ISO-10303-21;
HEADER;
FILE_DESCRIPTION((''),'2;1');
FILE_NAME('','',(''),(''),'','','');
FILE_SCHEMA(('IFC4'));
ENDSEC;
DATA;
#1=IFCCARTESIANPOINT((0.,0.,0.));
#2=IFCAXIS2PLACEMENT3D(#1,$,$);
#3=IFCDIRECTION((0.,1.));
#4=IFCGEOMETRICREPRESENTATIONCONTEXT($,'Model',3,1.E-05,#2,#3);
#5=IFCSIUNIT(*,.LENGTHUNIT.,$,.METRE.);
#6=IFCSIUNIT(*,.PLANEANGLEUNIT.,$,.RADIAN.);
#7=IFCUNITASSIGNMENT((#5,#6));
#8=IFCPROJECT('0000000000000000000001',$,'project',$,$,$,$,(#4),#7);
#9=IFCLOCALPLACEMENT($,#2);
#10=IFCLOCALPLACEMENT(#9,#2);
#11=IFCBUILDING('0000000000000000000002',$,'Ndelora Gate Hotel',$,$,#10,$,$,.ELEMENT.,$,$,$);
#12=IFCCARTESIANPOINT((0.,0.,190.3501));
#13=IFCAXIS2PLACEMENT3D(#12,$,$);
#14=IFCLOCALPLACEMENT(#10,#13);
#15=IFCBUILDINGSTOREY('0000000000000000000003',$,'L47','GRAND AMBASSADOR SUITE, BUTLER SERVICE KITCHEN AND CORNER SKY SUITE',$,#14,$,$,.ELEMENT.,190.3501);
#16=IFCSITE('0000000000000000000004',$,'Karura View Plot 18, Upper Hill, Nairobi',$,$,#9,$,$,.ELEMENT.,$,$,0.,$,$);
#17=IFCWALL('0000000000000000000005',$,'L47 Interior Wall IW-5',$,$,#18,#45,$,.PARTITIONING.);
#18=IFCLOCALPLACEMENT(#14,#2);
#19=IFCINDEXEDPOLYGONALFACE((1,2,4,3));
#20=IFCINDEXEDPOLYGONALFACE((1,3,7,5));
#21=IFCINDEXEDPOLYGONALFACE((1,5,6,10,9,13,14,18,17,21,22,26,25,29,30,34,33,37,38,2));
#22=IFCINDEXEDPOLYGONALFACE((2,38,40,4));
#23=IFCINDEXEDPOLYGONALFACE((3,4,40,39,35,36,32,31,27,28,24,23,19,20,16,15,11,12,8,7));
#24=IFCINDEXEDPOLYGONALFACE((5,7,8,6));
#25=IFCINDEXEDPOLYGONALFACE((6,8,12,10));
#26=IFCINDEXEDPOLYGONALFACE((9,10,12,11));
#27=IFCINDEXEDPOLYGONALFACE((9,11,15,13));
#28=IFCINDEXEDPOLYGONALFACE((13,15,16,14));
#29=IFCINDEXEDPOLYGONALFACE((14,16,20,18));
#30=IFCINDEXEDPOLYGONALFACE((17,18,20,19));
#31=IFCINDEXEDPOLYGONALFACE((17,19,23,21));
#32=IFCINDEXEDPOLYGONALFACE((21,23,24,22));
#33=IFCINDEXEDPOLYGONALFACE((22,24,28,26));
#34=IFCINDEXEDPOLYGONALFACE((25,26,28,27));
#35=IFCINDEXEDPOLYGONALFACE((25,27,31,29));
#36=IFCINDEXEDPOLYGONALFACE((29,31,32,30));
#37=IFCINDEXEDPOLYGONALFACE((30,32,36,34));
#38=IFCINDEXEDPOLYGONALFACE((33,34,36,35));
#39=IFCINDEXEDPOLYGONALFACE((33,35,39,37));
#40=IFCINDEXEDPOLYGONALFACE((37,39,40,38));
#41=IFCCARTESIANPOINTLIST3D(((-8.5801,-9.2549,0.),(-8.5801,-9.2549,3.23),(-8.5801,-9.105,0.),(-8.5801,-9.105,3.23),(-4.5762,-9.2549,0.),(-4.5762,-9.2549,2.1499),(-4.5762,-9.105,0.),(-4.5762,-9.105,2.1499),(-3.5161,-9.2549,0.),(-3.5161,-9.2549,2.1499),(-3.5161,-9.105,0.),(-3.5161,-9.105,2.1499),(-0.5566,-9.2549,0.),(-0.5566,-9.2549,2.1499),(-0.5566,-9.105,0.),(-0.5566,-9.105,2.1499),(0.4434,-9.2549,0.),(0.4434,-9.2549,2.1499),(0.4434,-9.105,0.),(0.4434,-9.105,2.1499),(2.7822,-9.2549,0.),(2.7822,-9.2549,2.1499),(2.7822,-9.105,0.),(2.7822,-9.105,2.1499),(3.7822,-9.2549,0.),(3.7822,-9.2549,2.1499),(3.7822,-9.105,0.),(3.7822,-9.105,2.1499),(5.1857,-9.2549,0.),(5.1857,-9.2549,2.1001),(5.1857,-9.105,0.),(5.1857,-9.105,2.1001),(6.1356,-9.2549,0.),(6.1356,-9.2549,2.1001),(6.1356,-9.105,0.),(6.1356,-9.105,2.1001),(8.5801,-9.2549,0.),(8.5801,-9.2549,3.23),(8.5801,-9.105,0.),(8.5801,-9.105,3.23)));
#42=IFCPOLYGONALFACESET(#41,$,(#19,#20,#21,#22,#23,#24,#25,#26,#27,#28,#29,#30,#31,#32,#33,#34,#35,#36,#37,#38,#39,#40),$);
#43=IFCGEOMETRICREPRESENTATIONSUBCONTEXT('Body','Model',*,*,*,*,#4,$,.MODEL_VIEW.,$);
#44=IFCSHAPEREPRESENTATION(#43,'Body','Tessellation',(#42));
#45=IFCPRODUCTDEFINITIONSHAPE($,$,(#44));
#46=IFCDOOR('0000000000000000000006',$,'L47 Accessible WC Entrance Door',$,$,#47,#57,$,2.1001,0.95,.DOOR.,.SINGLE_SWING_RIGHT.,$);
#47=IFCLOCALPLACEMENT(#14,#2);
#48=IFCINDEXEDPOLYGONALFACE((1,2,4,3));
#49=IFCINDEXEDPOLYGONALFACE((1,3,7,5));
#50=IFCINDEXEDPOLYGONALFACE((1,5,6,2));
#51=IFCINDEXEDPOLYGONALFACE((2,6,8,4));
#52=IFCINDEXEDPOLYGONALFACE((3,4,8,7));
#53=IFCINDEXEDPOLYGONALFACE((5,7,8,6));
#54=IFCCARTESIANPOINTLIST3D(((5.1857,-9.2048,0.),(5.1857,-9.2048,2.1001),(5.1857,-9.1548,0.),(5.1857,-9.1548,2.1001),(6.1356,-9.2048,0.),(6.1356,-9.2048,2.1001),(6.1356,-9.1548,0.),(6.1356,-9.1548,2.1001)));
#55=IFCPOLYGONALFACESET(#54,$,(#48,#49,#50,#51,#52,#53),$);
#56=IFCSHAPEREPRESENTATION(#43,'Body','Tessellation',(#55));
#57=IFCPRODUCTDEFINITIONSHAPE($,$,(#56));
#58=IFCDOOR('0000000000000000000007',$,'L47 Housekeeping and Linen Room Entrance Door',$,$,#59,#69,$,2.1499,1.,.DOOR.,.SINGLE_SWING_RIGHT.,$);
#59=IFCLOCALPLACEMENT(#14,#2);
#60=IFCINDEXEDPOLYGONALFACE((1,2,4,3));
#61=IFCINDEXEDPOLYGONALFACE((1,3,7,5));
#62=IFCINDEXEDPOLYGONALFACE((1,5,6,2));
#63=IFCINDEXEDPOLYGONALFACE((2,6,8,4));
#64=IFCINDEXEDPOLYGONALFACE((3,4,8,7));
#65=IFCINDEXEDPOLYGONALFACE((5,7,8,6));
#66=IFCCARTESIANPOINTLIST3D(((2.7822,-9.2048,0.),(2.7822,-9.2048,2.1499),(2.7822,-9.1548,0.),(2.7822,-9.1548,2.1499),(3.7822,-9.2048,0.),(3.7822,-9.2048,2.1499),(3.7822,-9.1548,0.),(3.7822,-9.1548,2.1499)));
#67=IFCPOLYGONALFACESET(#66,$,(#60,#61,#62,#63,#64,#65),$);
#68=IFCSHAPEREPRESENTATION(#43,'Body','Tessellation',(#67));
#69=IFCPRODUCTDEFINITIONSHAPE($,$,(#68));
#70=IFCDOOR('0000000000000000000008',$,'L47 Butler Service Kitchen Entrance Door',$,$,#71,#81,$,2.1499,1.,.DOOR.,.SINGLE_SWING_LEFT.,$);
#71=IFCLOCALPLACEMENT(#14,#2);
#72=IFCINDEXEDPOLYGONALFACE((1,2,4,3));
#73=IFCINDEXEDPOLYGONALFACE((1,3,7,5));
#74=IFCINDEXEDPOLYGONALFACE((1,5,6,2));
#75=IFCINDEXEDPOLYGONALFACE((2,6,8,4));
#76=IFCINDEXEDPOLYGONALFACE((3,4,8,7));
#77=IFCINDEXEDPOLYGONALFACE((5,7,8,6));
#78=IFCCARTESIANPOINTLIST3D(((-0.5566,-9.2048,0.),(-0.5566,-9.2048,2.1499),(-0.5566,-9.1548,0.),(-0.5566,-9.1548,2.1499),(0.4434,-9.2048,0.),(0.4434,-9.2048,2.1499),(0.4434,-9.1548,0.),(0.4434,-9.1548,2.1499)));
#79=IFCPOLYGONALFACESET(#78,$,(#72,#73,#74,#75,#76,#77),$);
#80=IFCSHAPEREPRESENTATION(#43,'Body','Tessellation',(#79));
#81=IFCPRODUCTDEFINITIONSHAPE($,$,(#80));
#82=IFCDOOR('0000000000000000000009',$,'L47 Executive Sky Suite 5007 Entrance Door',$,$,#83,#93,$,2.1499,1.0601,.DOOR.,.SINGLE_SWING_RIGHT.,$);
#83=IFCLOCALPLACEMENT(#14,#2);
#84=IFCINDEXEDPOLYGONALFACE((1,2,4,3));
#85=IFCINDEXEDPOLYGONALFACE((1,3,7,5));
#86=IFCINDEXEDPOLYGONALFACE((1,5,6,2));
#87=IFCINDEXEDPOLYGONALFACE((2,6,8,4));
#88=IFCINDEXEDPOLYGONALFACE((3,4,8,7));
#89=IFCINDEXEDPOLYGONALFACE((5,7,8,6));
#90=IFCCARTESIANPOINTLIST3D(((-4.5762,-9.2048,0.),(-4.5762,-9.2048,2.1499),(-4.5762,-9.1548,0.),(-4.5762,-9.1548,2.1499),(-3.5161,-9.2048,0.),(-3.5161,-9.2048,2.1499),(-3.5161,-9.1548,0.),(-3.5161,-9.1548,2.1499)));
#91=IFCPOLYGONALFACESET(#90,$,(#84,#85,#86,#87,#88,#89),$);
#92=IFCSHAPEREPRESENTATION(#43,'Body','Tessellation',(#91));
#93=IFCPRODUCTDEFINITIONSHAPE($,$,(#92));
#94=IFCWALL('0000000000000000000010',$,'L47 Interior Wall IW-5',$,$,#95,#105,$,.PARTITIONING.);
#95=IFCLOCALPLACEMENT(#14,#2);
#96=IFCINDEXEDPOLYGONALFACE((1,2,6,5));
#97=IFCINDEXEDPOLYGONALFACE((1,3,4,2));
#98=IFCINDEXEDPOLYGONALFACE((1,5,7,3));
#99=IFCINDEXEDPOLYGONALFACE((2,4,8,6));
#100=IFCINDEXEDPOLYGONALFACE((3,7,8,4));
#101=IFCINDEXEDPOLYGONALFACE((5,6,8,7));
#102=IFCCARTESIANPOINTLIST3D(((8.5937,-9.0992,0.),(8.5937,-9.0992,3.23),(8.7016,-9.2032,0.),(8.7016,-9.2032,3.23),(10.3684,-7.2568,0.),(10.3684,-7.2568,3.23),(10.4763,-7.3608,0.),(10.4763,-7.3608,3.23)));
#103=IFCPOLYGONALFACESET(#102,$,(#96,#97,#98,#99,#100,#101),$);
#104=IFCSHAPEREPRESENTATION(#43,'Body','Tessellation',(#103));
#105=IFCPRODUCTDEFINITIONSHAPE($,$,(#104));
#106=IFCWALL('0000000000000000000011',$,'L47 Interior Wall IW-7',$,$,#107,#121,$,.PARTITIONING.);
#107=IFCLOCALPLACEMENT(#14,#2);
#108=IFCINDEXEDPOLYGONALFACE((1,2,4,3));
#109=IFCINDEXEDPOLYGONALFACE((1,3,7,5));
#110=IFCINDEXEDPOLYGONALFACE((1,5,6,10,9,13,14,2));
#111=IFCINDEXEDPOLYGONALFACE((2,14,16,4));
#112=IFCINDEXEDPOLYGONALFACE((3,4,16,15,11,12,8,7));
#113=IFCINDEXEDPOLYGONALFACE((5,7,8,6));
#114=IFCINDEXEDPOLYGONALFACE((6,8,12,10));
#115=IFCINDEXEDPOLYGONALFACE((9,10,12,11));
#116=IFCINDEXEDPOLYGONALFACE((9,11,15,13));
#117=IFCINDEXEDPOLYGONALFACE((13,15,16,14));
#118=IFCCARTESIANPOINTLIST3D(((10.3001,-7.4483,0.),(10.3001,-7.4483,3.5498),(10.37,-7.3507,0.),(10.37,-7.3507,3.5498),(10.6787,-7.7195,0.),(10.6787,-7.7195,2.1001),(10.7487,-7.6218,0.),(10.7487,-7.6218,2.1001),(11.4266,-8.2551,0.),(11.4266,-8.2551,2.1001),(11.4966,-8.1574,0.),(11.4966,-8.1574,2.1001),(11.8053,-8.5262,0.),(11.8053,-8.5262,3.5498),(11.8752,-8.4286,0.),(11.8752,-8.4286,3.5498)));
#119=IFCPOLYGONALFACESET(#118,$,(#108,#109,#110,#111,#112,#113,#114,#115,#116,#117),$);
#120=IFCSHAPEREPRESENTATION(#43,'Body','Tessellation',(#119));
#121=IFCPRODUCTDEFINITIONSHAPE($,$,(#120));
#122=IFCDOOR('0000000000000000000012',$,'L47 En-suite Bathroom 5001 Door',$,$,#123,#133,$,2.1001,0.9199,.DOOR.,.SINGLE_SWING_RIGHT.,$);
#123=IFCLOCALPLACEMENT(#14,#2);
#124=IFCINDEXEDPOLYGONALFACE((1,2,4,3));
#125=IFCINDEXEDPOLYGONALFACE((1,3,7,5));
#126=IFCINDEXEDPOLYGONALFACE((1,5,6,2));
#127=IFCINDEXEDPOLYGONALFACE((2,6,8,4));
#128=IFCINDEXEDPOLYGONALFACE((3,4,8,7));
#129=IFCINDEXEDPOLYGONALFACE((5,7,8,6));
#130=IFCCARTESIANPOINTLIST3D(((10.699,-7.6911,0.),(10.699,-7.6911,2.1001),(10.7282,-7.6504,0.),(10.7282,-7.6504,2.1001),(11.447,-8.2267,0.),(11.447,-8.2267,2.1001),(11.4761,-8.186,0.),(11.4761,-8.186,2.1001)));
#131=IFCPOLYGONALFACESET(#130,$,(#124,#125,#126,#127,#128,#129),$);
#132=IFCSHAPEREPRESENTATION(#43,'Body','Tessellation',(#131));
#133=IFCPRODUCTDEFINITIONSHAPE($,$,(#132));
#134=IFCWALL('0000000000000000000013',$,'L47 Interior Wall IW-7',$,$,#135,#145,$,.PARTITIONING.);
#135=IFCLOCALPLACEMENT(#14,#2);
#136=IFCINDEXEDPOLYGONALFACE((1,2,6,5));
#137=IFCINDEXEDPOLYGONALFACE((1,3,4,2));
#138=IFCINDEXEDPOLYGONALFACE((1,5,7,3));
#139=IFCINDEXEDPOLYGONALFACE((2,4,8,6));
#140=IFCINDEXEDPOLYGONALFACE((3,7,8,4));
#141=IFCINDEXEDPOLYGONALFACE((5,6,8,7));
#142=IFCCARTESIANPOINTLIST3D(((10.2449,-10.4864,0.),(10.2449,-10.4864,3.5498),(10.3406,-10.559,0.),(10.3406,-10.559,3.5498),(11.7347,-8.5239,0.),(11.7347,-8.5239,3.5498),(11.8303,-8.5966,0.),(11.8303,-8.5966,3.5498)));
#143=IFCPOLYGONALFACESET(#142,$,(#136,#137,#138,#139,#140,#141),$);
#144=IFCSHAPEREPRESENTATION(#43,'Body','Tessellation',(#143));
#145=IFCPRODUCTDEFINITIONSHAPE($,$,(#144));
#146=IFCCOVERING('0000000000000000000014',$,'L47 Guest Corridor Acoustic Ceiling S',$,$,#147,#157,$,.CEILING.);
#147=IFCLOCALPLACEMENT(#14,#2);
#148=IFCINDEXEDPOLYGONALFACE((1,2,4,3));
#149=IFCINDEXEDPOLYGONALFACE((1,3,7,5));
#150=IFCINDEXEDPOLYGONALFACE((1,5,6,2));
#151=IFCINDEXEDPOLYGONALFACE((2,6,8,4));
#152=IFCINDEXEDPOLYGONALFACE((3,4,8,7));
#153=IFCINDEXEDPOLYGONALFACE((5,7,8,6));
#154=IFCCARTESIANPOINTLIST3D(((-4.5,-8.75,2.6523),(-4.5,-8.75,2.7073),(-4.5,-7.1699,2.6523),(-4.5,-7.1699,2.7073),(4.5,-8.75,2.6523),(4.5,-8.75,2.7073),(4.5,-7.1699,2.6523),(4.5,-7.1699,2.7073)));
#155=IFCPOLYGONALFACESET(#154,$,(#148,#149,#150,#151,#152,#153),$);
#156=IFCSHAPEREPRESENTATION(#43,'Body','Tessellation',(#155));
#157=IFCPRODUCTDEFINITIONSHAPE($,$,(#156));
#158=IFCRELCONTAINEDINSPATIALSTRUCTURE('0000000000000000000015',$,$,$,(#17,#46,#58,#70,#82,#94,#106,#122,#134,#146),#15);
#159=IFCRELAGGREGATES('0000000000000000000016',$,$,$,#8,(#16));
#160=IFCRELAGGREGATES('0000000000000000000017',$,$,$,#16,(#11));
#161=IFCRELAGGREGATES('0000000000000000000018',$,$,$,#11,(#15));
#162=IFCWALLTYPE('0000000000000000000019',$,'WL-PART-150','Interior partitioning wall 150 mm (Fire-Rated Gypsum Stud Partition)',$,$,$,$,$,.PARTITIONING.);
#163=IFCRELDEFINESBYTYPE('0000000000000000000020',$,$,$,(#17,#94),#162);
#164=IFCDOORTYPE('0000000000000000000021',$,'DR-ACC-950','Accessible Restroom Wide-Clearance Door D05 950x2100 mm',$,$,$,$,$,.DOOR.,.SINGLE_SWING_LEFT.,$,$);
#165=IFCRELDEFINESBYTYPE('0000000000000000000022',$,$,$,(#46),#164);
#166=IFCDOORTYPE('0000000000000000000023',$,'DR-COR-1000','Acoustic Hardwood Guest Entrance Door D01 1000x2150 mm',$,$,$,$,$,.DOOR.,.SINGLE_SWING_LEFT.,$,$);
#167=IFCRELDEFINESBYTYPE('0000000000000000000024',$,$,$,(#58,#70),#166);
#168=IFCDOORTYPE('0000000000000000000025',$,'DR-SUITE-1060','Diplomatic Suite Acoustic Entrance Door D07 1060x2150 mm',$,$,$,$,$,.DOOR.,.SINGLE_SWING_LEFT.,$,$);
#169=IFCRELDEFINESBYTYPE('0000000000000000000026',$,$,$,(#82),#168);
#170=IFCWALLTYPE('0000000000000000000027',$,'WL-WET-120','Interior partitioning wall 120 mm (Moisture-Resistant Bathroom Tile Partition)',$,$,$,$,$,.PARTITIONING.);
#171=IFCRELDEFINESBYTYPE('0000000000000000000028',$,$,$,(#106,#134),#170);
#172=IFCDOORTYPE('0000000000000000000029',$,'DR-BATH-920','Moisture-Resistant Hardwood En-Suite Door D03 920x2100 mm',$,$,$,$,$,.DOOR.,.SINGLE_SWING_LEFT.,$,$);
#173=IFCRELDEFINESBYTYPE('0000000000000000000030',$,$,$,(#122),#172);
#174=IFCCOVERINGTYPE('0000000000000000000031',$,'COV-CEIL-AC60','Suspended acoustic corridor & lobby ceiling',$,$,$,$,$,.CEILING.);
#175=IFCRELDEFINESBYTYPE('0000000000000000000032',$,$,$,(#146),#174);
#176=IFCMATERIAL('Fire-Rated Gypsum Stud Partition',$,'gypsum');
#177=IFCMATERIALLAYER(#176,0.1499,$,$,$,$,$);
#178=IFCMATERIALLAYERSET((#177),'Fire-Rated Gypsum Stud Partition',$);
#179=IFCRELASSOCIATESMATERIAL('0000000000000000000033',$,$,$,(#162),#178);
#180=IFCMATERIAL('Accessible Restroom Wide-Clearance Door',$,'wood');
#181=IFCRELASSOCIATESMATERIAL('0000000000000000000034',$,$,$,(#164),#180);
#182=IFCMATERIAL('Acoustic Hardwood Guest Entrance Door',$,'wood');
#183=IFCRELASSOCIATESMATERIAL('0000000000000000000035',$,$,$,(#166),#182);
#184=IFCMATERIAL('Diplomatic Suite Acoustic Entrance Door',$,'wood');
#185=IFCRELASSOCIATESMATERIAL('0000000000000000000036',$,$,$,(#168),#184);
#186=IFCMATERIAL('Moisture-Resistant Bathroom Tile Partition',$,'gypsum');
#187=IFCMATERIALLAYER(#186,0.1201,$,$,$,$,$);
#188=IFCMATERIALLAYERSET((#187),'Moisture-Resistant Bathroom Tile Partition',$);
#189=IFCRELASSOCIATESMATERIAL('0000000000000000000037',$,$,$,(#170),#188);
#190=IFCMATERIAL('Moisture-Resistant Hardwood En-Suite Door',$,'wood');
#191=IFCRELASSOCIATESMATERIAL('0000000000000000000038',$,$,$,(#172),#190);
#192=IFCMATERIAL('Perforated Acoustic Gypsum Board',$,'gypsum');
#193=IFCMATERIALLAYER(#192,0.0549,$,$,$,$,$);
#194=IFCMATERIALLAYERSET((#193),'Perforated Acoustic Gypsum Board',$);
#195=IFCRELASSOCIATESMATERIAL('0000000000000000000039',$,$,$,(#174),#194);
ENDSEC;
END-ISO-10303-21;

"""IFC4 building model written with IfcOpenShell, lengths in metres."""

from ifc_helpers import new_model, si_unit, direction, frame, frame_2d, origin, origin_2d, place, context, subcontext, project, spatial, rectangle, extrude, material, layer, layer_set, type_object, element, fill, save


model = new_model("IFC4")

# Units and contexts
model_context = context("Model", 3, precision=1e-05, world=origin(), true_north=direction((0.0, 1.0)))
body_context = subcontext(model_context, "Body", "Model", "MODEL_VIEW")
ifc_project = project(units=[si_unit("LENGTHUNIT", "METRE"), si_unit("PLANEANGLEUNIT", "RADIAN")], contexts=[model_context])

# Site, building, storey
site_placement = place(None, origin())
site = spatial("IfcSite", under=ifc_project, at=site_placement, Name="Karura View Plot 18, Upper Hill, Nairobi", CompositionType="ELEMENT", RefElevation=0.0)
building_placement = place(site_placement, origin())
building = spatial("IfcBuilding", under=site, at=building_placement, Name="Ndelora Gate Hotel", CompositionType="ELEMENT")
storey_placement = place(building_placement, frame((0.0, 0.0, 190.3501)))
storey = spatial("IfcBuildingStorey", under=building, at=storey_placement, Name="L47", Description="GRAND AMBASSADOR SUITE, BUTLER SERVICE KITCHEN AND CORNER SKY SUITE", CompositionType="ELEMENT", Elevation=190.3501)

# Wall, openings, doors
ifc_material_1 = material(Name="Fire-Rated Gypsum Stud Partition", Category="gypsum")
ifc_layer_1 = layer(ifc_material_1, 0.1499)
ifc_layer_set_1 = layer_set([ifc_layer_1], Name="Fire-Rated Gypsum Stud Partition")
wall_type_1 = type_object("IfcWallType", Name="WL-PART-150", Description="Interior partitioning wall 150 mm (Fire-Rated Gypsum Stud Partition)", PredefinedType="PARTITIONING", material=ifc_layer_set_1)
wall_1_placement = place(storey_placement, frame((8.5801, -9.1799, 0.0), z_axis=(0.0, 0.0, 1.0), x_axis=(-1.0, 0.0, 0.0)))
wall_1 = element("IfcWall", 1, at=wall_1_placement, inside=storey, type_object=wall_type_1, Name="L47 Interior Wall IW-5", PredefinedType="PARTITIONING", context=body_context, shape_type="SweptSolid", body=[
    extrude(rectangle(XDim=17.1602, YDim=0.1499, at=frame_2d((8.5801, 0.0))), origin(), (0.0, 0.0, 1.0), 3.23),
])
opening_1_placement = place(wall_1_placement, frame((2.4443, 0.0, 0.0)))
opening_1 = element("IfcOpeningElement", 2, at=opening_1_placement, cuts=wall_1, PredefinedType="OPENING", context=body_context, shape_type="SweptSolid", body=[
    extrude(rectangle(XDim=0.95, YDim=2.1001, at=frame_2d((0.4751, 1.05))), frame((0.0, 0.085, 0.0), z_axis=(0.0, -1.0, 0.0), x_axis=(1.0, 0.0, 0.0)), (0.0, 0.0, 1.0), 0.1699),
])
opening_2_placement = place(wall_1_placement, frame((4.7979, 0.0, 0.0)))
opening_2 = element("IfcOpeningElement", 3, at=opening_2_placement, cuts=wall_1, PredefinedType="OPENING", context=body_context, shape_type="SweptSolid", body=[
    extrude(rectangle(XDim=1.0, YDim=2.1499, at=frame_2d((0.5, 1.075))), frame((0.0, 0.085, 0.0), z_axis=(0.0, -1.0, 0.0), x_axis=(1.0, 0.0, 0.0)), (0.0, 0.0, 1.0), 0.1699),
])
opening_3_placement = place(wall_1_placement, frame((12.0962, 0.0, 0.0)))
opening_3 = element("IfcOpeningElement", 4, at=opening_3_placement, cuts=wall_1, PredefinedType="OPENING", context=body_context, shape_type="SweptSolid", body=[
    extrude(rectangle(XDim=1.0601, YDim=2.1499, at=frame_2d((0.53, 1.075))), frame((0.0, 0.085, 0.0), z_axis=(0.0, -1.0, 0.0), x_axis=(1.0, 0.0, 0.0)), (0.0, 0.0, 1.0), 0.1699),
])
opening_4_placement = place(wall_1_placement, frame((8.1367, 0.0, 0.0)))
opening_4 = element("IfcOpeningElement", 5, at=opening_4_placement, cuts=wall_1, PredefinedType="OPENING", context=body_context, shape_type="SweptSolid", body=[
    extrude(rectangle(XDim=1.0, YDim=2.1499, at=frame_2d((0.5, 1.075))), frame((0.0, 0.085, 0.0), z_axis=(0.0, -1.0, 0.0), x_axis=(1.0, 0.0, 0.0)), (0.0, 0.0, 1.0), 0.1699),
])
ifc_material_2 = material(Name="Accessible Restroom Wide-Clearance Door", Category="wood")
door_type_1 = type_object("IfcDoorType", Name="DR-ACC-950", Description="Accessible Restroom Wide-Clearance Door D05 950x2100 mm", OperationType="SINGLE_SWING_LEFT", PredefinedType="DOOR", material=ifc_material_2)
door_1_placement = place(opening_1_placement, origin())
door_1 = element("IfcDoor", 6, at=door_1_placement, inside=storey, type_object=door_type_1, Name="L47 Accessible WC Entrance Door", OperationType="SINGLE_SWING_RIGHT", OverallHeight=2.1001, OverallWidth=0.95, PredefinedType="DOOR", context=body_context, shape_type="SweptSolid", body=[
    extrude(rectangle(XDim=0.95, YDim=2.1001, at=frame_2d((0.4751, 1.05))), frame((0.0, 0.0249, 0.0), z_axis=(0.0, -1.0, 0.0), x_axis=(1.0, 0.0, 0.0)), (0.0, 0.0, 1.0), 0.05),
])
fill(opening_1, door_1)
ifc_material_3 = material(Name="Acoustic Hardwood Guest Entrance Door", Category="wood")
door_type_2 = type_object("IfcDoorType", Name="DR-COR-1000", Description="Acoustic Hardwood Guest Entrance Door D01 1000x2150 mm", OperationType="SINGLE_SWING_LEFT", PredefinedType="DOOR", material=ifc_material_3)
door_2_placement = place(opening_2_placement, origin())
door_2 = element("IfcDoor", 7, at=door_2_placement, inside=storey, type_object=door_type_2, Name="L47 Housekeeping and Linen Room Entrance Door", OperationType="SINGLE_SWING_RIGHT", OverallHeight=2.1499, OverallWidth=1.0, PredefinedType="DOOR", context=body_context, shape_type="SweptSolid", body=[
    extrude(rectangle(XDim=1.0, YDim=2.1499, at=frame_2d((0.5, 1.075))), frame((0.0, 0.0249, 0.0), z_axis=(0.0, -1.0, 0.0), x_axis=(1.0, 0.0, 0.0)), (0.0, 0.0, 1.0), 0.05),
])
fill(opening_2, door_2)
door_3_placement = place(opening_4_placement, origin())
door_3 = element("IfcDoor", 8, at=door_3_placement, inside=storey, type_object=door_type_2, Name="L47 Butler Service Kitchen Entrance Door", OperationType="SINGLE_SWING_LEFT", OverallHeight=2.1499, OverallWidth=1.0, PredefinedType="DOOR", context=body_context, shape_type="SweptSolid", body=[
    extrude(rectangle(XDim=1.0, YDim=2.1499, at=frame_2d((0.5, 1.075))), frame((0.0, 0.0249, 0.0), z_axis=(0.0, -1.0, 0.0), x_axis=(1.0, 0.0, 0.0)), (0.0, 0.0, 1.0), 0.05),
])
fill(opening_4, door_3)
ifc_material_4 = material(Name="Diplomatic Suite Acoustic Entrance Door", Category="wood")
door_type_3 = type_object("IfcDoorType", Name="DR-SUITE-1060", Description="Diplomatic Suite Acoustic Entrance Door D07 1060x2150 mm", OperationType="SINGLE_SWING_LEFT", PredefinedType="DOOR", material=ifc_material_4)
door_4_placement = place(opening_3_placement, origin())
door_4 = element("IfcDoor", 9, at=door_4_placement, inside=storey, type_object=door_type_3, Name="L47 Executive Sky Suite 5007 Entrance Door", OperationType="SINGLE_SWING_RIGHT", OverallHeight=2.1499, OverallWidth=1.0601, PredefinedType="DOOR", context=body_context, shape_type="SweptSolid", body=[
    extrude(rectangle(XDim=1.0601, YDim=2.1499, at=frame_2d((0.53, 1.075))), frame((0.0, 0.0249, 0.0), z_axis=(0.0, -1.0, 0.0), x_axis=(1.0, 0.0, 0.0)), (0.0, 0.0, 1.0), 0.05),
])
fill(opening_3, door_4)

# Wall
wall_2_placement = place(storey_placement, frame((10.4224, -7.3088, 0.0), z_axis=(0.0, 0.0, 1.0), x_axis=(-0.693765, -0.720202, 0.0)))
element("IfcWall", 10, at=wall_2_placement, inside=storey, type_object=wall_type_1, Name="L47 Interior Wall IW-5", PredefinedType="PARTITIONING", context=body_context, shape_type="SweptSolid", body=[
    extrude(rectangle(XDim=2.5581, YDim=0.1499, at=frame_2d((1.2791, 0.0))), origin(), (0.0, 0.0, 1.0), 3.23),
])

# Wall, opening, door
ifc_material_5 = material(Name="Moisture-Resistant Bathroom Tile Partition", Category="gypsum")
ifc_layer_2 = layer(ifc_material_5, 0.1201)
ifc_layer_set_2 = layer_set([ifc_layer_2], Name="Moisture-Resistant Bathroom Tile Partition")
wall_type_2 = type_object("IfcWallType", Name="WL-WET-120", Description="Interior partitioning wall 120 mm (Moisture-Resistant Bathroom Tile Partition)", PredefinedType="PARTITIONING", material=ifc_layer_set_2)
wall_3_placement = place(storey_placement, frame((10.335, -7.3994, 0.0), z_axis=(0.0, 0.0, 1.0), x_axis=(0.81302, -0.582236, 0.0)))
wall_3 = element("IfcWall", 11, at=wall_3_placement, inside=storey, type_object=wall_type_2, Name="L47 Interior Wall IW-7", PredefinedType="PARTITIONING", context=body_context, shape_type="SweptSolid", body=[
    extrude(rectangle(XDim=1.8513, YDim=0.1201, at=frame_2d((0.9258, 0.0))), origin(), (0.0, 0.0, 1.0), 3.5498),
])
opening_5_placement = place(wall_3_placement, frame((0.4658, 0.0, 0.0)))
opening_5 = element("IfcOpeningElement", 12, at=opening_5_placement, cuts=wall_3, PredefinedType="OPENING", context=body_context, shape_type="SweptSolid", body=[
    extrude(rectangle(XDim=0.9199, YDim=2.1001, at=frame_2d((0.46, 1.05))), frame((0.0, 0.0701, 0.0), z_axis=(0.0, -1.0, 0.0), x_axis=(1.0, 0.0, 0.0)), (0.0, 0.0, 1.0), 0.1401),
])
ifc_material_6 = material(Name="Moisture-Resistant Hardwood En-Suite Door", Category="wood")
door_type_4 = type_object("IfcDoorType", Name="DR-BATH-920", Description="Moisture-Resistant Hardwood En-Suite Door D03 920x2100 mm", OperationType="SINGLE_SWING_LEFT", PredefinedType="DOOR", material=ifc_material_6)
door_5_placement = place(opening_5_placement, origin())
door_5 = element("IfcDoor", 13, at=door_5_placement, inside=storey, type_object=door_type_4, Name="L47 En-suite Bathroom 5001 Door", OperationType="SINGLE_SWING_RIGHT", OverallHeight=2.1001, OverallWidth=0.9199, PredefinedType="DOOR", context=body_context, shape_type="SweptSolid", body=[
    extrude(rectangle(XDim=0.9199, YDim=2.1001, at=frame_2d((0.46, 1.05))), frame((0.0, 0.0249, 0.0), z_axis=(0.0, -1.0, 0.0), x_axis=(1.0, 0.0, 0.0)), (0.0, 0.0, 1.0), 0.05),
])
fill(opening_5, door_5)

# Wall
wall_4_placement = place(storey_placement, frame((10.2927, -10.5227, 0.0), z_axis=(0.0, 0.0, 1.0), x_axis=(0.604651, 0.796491, 0.0)))
element("IfcWall", 14, at=wall_4_placement, inside=storey, type_object=wall_type_2, Name="L47 Interior Wall IW-7", PredefinedType="PARTITIONING", context=body_context, shape_type="SweptSolid", body=[
    extrude(rectangle(XDim=2.4639, YDim=0.1201, at=frame_2d((1.2319, 0.0))), origin(), (0.0, 0.0, 1.0), 3.5498),
])

# Covering
ifc_material_7 = material(Name="Perforated Acoustic Gypsum Board", Category="gypsum")
ifc_layer_3 = layer(ifc_material_7, 0.0549)
ifc_layer_set_3 = layer_set([ifc_layer_3], Name="Perforated Acoustic Gypsum Board")
covering_type_1 = type_object("IfcCoveringType", Name="COV-CEIL-AC60", Description="Suspended acoustic corridor & lobby ceiling", PredefinedType="CEILING", material=ifc_layer_set_3)
covering_1_placement = place(storey_placement, frame((0.0, -7.96, 2.6523), z_axis=(0.0, 0.0, 1.0), x_axis=(1.0, 0.0, 0.0)))
element("IfcCovering", 15, at=covering_1_placement, inside=storey, type_object=covering_type_1, Name="L47 Guest Corridor Acoustic Ceiling S", PredefinedType="CEILING", context=body_context, shape_type="SweptSolid", body=[
    extrude(rectangle(XDim=9.0, YDim=1.5801, at=origin_2d()), origin(), (0.0, 0.0, 1.0), 0.0549),
])

save(model, "model.ifc")
